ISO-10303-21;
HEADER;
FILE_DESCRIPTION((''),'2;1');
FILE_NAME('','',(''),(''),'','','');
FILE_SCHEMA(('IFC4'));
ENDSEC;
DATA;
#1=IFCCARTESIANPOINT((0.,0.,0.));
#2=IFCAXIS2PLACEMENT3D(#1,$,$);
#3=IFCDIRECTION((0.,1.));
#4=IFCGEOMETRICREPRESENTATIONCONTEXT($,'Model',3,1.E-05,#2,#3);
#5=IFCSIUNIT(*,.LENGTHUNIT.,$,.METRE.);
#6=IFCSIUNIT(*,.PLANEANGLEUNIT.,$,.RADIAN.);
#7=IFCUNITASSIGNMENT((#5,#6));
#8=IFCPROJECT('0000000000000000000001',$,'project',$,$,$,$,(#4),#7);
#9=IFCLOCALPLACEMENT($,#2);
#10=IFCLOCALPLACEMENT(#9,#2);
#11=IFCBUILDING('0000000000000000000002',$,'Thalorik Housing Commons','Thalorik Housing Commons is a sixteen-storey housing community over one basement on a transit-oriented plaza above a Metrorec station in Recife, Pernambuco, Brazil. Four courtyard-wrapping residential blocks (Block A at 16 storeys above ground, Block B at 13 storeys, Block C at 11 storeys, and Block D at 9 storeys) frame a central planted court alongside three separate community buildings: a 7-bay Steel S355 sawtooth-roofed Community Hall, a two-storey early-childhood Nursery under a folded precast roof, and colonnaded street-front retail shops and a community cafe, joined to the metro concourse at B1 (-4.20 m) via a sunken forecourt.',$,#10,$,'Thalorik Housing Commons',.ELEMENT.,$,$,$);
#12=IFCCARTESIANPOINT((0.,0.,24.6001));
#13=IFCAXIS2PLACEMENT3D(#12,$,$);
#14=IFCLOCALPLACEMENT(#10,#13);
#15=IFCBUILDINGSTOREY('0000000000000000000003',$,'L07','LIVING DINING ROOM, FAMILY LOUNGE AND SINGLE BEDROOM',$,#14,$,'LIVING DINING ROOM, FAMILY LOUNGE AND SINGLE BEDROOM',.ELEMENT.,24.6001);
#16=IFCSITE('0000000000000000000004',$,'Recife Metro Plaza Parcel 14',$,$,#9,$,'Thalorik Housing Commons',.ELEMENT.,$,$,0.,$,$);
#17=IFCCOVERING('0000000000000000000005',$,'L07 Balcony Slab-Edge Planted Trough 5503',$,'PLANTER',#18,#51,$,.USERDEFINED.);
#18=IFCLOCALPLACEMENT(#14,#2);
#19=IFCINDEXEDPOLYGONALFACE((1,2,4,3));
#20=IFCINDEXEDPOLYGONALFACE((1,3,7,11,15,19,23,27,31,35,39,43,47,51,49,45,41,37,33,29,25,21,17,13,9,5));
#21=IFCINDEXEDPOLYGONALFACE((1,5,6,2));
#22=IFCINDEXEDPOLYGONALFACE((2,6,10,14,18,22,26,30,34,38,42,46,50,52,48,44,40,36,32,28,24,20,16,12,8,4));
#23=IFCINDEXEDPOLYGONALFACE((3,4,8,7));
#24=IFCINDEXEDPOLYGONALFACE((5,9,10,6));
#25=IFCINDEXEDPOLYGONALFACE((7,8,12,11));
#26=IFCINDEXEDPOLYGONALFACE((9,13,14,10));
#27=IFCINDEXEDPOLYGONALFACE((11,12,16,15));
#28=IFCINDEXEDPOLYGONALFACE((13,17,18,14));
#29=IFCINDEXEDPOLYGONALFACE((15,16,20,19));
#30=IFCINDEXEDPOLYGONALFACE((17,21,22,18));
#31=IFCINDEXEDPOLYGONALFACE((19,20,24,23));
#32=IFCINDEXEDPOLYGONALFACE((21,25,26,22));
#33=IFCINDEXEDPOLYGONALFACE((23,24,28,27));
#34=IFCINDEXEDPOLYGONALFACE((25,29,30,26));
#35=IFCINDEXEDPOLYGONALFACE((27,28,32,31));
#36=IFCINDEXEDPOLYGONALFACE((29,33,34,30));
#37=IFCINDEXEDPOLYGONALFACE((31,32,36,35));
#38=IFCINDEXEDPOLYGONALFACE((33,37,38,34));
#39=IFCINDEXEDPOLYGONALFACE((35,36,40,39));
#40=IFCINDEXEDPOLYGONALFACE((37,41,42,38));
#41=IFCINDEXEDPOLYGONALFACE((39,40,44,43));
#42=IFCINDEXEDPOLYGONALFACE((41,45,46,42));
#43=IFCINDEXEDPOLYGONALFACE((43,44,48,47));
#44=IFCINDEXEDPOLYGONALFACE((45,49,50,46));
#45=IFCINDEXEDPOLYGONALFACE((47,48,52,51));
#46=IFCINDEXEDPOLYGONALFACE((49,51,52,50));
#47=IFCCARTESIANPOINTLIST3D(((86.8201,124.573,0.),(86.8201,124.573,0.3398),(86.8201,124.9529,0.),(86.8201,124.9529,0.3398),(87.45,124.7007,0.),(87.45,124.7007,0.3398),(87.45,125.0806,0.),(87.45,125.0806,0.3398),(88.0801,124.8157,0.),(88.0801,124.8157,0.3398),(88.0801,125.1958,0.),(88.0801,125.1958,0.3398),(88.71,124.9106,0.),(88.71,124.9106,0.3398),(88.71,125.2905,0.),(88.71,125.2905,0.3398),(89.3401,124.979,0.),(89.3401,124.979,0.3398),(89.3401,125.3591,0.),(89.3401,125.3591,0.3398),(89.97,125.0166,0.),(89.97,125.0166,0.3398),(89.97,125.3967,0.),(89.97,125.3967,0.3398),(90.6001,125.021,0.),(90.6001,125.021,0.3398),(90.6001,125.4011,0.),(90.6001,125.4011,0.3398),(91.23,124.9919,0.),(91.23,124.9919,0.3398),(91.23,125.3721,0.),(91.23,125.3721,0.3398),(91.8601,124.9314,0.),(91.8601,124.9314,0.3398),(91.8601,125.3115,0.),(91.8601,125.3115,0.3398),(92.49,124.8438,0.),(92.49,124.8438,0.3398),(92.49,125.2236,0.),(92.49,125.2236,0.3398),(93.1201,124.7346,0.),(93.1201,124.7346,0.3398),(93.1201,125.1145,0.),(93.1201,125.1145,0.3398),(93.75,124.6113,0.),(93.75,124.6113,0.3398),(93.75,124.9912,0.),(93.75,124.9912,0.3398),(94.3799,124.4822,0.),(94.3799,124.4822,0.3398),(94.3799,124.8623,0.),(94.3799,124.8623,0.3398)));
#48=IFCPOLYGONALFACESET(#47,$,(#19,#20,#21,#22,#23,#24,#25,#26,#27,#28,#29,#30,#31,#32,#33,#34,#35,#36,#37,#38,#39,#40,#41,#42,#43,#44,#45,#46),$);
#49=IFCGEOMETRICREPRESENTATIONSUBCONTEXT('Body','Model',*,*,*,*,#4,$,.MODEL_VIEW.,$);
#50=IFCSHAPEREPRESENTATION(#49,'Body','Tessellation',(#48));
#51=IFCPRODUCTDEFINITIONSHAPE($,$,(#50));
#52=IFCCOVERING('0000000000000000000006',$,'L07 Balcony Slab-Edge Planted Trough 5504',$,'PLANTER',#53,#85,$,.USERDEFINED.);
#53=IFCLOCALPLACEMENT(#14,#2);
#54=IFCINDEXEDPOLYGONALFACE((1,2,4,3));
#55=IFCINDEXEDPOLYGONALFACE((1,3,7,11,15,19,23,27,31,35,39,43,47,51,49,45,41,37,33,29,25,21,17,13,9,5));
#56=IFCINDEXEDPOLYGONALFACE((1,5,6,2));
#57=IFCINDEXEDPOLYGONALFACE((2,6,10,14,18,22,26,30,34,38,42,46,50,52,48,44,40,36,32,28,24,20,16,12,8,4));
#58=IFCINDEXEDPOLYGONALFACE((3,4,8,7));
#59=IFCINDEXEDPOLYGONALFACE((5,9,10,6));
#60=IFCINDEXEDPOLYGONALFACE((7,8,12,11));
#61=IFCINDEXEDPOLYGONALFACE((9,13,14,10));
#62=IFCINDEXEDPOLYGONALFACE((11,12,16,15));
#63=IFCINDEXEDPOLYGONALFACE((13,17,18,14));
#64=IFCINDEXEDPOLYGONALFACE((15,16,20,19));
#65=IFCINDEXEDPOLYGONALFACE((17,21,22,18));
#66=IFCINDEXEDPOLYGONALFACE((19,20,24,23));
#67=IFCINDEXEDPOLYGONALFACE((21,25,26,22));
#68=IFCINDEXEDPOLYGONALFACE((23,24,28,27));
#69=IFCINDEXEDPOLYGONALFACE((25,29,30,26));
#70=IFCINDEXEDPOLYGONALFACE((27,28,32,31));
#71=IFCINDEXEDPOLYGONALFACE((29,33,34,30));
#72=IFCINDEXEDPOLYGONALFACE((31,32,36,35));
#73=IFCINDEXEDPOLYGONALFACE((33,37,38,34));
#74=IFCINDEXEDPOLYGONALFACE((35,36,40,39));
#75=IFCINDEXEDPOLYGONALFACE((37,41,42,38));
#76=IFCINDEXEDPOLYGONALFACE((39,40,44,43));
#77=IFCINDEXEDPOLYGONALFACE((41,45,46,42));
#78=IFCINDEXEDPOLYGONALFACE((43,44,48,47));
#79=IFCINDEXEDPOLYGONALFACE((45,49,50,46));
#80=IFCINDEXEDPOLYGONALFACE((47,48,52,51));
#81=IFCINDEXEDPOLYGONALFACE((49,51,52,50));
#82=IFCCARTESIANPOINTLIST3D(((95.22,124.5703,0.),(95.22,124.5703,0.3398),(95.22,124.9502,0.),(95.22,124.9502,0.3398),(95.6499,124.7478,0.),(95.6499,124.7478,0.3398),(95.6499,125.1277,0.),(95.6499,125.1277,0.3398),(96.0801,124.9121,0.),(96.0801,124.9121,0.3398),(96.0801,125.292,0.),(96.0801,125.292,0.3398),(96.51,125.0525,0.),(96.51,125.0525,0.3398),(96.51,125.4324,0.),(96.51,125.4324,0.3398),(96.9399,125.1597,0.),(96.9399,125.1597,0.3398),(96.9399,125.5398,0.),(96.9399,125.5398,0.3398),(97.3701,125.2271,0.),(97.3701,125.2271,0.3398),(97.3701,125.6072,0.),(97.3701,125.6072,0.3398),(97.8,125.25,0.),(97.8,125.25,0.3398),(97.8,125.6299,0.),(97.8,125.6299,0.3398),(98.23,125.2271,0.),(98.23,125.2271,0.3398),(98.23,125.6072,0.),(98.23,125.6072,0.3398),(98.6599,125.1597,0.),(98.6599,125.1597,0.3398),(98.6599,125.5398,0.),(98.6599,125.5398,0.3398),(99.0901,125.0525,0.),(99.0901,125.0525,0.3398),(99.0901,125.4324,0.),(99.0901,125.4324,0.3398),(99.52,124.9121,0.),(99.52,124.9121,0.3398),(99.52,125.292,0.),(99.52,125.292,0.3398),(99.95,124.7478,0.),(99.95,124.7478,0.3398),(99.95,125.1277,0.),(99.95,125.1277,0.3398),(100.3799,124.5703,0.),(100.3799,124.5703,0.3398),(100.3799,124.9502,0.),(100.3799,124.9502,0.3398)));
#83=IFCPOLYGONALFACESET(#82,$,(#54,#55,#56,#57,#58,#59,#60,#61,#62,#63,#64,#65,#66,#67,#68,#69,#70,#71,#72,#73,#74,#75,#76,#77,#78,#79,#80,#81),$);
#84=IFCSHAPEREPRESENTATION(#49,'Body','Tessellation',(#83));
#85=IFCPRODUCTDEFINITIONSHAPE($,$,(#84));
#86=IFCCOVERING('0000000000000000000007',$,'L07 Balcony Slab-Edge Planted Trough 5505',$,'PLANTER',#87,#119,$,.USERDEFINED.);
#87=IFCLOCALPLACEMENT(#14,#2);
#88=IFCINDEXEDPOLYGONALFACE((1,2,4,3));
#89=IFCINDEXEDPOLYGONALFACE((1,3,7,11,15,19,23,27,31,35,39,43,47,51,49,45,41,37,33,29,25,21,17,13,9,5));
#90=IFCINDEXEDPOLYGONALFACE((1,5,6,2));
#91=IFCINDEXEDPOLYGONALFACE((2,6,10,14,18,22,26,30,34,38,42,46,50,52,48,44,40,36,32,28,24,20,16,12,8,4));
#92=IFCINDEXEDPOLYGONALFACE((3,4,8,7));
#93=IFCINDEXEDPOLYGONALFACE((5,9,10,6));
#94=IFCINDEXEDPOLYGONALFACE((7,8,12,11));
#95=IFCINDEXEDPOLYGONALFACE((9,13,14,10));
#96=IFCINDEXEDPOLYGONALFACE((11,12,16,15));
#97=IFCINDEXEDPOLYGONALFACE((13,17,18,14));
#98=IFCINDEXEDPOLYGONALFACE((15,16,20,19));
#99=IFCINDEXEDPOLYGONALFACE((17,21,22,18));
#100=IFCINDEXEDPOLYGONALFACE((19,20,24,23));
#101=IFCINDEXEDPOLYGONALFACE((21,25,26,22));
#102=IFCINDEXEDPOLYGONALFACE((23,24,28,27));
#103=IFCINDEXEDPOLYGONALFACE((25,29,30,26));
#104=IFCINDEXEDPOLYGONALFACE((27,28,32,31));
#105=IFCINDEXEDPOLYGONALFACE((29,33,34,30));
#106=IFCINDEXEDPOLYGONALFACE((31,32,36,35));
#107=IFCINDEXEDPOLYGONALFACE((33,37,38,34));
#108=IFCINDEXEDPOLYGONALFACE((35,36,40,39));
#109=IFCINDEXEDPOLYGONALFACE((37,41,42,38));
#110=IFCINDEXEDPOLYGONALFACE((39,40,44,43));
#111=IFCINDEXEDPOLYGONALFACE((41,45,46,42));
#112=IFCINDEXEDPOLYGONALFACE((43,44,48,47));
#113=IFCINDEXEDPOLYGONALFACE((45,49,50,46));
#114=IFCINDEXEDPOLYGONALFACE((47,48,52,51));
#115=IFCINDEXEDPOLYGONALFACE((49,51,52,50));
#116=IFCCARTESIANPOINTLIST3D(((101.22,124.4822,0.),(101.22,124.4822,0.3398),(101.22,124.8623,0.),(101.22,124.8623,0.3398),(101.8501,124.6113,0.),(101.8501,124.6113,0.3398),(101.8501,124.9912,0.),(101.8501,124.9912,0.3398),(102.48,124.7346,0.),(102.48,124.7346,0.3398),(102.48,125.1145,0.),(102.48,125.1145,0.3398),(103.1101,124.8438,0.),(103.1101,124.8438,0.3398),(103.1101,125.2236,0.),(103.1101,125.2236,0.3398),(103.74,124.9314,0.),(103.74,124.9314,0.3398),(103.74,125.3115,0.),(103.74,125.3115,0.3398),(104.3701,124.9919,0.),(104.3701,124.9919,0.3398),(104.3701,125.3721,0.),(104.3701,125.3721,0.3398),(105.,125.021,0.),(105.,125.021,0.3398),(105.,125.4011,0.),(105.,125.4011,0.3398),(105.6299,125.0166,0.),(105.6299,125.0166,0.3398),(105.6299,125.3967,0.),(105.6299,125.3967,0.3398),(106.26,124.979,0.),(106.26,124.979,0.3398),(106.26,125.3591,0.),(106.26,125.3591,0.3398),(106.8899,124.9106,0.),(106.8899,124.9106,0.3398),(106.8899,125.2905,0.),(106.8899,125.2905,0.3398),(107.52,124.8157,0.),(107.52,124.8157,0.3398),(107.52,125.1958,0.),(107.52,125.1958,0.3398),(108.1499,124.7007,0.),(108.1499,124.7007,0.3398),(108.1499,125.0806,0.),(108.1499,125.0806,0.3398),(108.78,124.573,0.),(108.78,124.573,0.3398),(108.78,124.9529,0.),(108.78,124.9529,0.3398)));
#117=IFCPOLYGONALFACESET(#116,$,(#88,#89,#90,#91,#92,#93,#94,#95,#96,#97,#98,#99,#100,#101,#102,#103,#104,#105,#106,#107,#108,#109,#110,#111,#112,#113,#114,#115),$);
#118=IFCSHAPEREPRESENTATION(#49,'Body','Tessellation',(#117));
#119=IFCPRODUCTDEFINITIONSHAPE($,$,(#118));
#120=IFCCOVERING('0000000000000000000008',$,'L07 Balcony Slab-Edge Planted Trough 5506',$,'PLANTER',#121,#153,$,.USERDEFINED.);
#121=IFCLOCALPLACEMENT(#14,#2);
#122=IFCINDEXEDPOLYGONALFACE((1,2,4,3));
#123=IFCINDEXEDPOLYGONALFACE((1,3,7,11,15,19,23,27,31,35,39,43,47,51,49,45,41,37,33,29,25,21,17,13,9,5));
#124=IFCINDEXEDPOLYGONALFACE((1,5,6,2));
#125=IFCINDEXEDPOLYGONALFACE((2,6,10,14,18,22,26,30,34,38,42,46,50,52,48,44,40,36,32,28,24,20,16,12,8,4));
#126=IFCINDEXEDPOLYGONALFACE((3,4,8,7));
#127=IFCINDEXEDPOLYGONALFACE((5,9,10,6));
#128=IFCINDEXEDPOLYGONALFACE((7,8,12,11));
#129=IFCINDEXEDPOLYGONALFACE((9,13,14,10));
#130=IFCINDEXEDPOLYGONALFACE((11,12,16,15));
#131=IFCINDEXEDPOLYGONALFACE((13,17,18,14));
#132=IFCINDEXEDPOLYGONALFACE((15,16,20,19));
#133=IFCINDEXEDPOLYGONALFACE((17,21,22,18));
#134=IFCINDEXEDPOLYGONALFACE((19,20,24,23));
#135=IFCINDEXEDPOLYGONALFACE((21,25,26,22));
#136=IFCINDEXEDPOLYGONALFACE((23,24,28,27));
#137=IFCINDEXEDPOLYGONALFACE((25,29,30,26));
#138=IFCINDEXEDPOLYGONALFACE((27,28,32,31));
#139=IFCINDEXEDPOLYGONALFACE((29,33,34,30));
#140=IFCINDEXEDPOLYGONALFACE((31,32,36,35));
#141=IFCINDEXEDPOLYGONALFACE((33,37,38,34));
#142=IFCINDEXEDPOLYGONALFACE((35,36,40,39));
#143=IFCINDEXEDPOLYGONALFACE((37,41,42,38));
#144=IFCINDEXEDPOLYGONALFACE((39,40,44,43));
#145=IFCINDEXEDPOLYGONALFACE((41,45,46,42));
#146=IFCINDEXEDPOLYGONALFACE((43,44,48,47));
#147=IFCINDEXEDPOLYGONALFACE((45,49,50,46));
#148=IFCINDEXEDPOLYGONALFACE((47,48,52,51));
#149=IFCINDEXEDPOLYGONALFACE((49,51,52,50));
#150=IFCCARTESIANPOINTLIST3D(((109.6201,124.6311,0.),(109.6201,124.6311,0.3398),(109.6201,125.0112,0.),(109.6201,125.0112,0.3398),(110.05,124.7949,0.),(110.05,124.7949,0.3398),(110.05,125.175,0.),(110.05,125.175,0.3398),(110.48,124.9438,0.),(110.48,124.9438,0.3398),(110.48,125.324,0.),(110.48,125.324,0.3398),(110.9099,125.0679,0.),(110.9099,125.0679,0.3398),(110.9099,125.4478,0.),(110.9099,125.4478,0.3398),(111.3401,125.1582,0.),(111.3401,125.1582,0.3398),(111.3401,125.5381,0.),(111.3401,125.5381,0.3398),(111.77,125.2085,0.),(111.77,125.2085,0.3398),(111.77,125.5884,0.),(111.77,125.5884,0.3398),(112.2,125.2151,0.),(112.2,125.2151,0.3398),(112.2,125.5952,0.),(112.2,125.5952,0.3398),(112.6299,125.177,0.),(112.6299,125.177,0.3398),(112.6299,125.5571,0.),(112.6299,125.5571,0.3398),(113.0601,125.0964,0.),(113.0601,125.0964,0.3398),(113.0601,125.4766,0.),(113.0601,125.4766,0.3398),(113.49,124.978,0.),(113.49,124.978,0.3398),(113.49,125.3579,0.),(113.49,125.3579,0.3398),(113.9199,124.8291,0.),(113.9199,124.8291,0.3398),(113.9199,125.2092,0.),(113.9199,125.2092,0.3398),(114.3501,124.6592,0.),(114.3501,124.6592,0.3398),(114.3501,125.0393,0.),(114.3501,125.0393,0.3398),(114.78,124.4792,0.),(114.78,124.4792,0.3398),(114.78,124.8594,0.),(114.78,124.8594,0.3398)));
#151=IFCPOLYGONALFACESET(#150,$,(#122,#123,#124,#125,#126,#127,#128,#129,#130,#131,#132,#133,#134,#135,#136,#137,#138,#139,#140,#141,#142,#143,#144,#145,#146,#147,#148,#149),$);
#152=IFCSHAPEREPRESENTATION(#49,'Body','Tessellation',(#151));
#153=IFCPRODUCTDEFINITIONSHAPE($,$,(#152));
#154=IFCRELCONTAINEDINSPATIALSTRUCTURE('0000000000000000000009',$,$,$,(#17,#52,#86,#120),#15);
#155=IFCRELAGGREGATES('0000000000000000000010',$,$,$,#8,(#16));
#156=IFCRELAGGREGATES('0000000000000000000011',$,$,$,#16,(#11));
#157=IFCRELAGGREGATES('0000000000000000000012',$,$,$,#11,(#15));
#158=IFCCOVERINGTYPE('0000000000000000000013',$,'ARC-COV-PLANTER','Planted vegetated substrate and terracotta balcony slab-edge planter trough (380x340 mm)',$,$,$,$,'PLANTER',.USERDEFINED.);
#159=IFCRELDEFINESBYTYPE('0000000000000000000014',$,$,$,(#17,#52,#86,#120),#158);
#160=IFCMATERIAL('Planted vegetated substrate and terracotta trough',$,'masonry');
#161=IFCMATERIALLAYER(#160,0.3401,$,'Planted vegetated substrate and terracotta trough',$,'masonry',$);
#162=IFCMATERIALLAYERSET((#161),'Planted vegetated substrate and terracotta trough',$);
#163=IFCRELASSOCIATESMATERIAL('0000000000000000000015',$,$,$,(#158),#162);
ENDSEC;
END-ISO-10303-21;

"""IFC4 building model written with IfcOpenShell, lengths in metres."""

from ifc_helpers import new_model, si_unit, direction, frame, origin, place, context, subcontext, project, spatial, polyline, outline, extrude, material, layer, layer_set, type_object, element, save


model = new_model("IFC4")

# Units and contexts
model_context = context("Model", 3, precision=1e-05, world=origin(), true_north=direction((0.0, 1.0)))
body_context = subcontext(model_context, "Body", "Model", "MODEL_VIEW")
ifc_project = project(units=[si_unit("LENGTHUNIT", "METRE"), si_unit("PLANEANGLEUNIT", "RADIAN")], contexts=[model_context])

# Site, building, storey
site_placement = place(None, origin())
site = spatial("IfcSite", under=ifc_project, at=site_placement, Name="Recife Metro Plaza Parcel 14", LongName="Thalorik Housing Commons", CompositionType="ELEMENT", RefElevation=0.0)
building_placement = place(site_placement, origin())
building = spatial("IfcBuilding", under=site, at=building_placement, Name="Thalorik Housing Commons", Description="Thalorik Housing Commons is a sixteen-storey housing community over one basement on a transit-oriented plaza above a Metrorec station in Recife, Pernambuco, Brazil. Four courtyard-wrapping residential blocks (Block A at 16 storeys above ground, Block B at 13 storeys, Block C at 11 storeys, and Block D at 9 storeys) frame a central planted court alongside three separate community buildings: a 7-bay Steel S355 sawtooth-roofed Community Hall, a two-storey early-childhood Nursery under a folded precast roof, and colonnaded street-front retail shops and a community cafe, joined to the metro concourse at B1 (-4.20 m) via a sunken forecourt.", LongName="Thalorik Housing Commons", CompositionType="ELEMENT")
storey_placement = place(building_placement, frame((0.0, 0.0, 24.6001)))
storey = spatial("IfcBuildingStorey", under=building, at=storey_placement, Name="L07", Description="LIVING DINING ROOM, FAMILY LOUNGE AND SINGLE BEDROOM", LongName="LIVING DINING ROOM, FAMILY LOUNGE AND SINGLE BEDROOM", CompositionType="ELEMENT", Elevation=24.6001)

# Coverings
ifc_material = material(Name="Planted vegetated substrate and terracotta trough", Category="masonry")
ifc_layer = layer(ifc_material, 0.3401, Name="Planted vegetated substrate and terracotta trough", Category="masonry")
ifc_layer_set = layer_set([ifc_layer], Name="Planted vegetated substrate and terracotta trough")
covering_type = type_object("IfcCoveringType", Name="ARC-COV-PLANTER", Description="Planted vegetated substrate and terracotta balcony slab-edge planter trough (380x340 mm)", ElementType="PLANTER", PredefinedType="USERDEFINED", material=ifc_layer_set)
covering_1_placement = place(storey_placement, origin())
element("IfcCovering", 1, at=covering_1_placement, inside=storey, type_object=covering_type, Name="L07 Balcony Slab-Edge Planted Trough 5503", ObjectType="PLANTER", PredefinedType="USERDEFINED", context=body_context, shape_type="SweptSolid", body=[
    extrude(outline(polyline([(94.3799, 124.8623), (93.75, 124.9912), (93.1201, 125.1145), (92.49, 125.2236), (91.8601, 125.3115), (91.23, 125.3721), (90.6001, 125.4011), (89.97, 125.3967), (89.3401, 125.3591), (88.71, 125.2905), (88.0801, 125.1958), (87.45, 125.0806), (86.8201, 124.9529), (86.8201, 124.573), (87.45, 124.7007), (88.0801, 124.8157), (88.71, 124.9106), (89.3401, 124.979), (89.97, 125.0166), (90.6001, 125.021), (91.23, 124.9919), (91.8601, 124.9314), (92.49, 124.8438), (93.1201, 124.7346), (93.75, 124.6113), (94.3799, 124.4822), (94.3799, 124.8623)])), origin(), (0.0, 0.0, 1.0), 0.3398),
])
covering_2_placement = place(storey_placement, origin())
element("IfcCovering", 2, at=covering_2_placement, inside=storey, type_object=covering_type, Name="L07 Balcony Slab-Edge Planted Trough 5504", ObjectType="PLANTER", PredefinedType="USERDEFINED", context=body_context, shape_type="SweptSolid", body=[
    extrude(outline(polyline([(100.3799, 124.9502), (99.95, 125.1277), (99.52, 125.292), (99.0901, 125.4324), (98.6599, 125.5398), (98.23, 125.6072), (97.8, 125.6299), (97.3701, 125.6072), (96.9399, 125.5398), (96.51, 125.4324), (96.0801, 125.292), (95.6499, 125.1277), (95.22, 124.9502), (95.22, 124.5703), (95.6499, 124.7478), (96.0801, 124.9121), (96.51, 125.0525), (96.9399, 125.1597), (97.3701, 125.2271), (97.8, 125.25), (98.23, 125.2271), (98.6599, 125.1597), (99.0901, 125.0525), (99.52, 124.9121), (99.95, 124.7478), (100.3799, 124.5703), (100.3799, 124.9502)])), origin(), (0.0, 0.0, 1.0), 0.3398),
])
covering_3_placement = place(storey_placement, origin())
element("IfcCovering", 3, at=covering_3_placement, inside=storey, type_object=covering_type, Name="L07 Balcony Slab-Edge Planted Trough 5505", ObjectType="PLANTER", PredefinedType="USERDEFINED", context=body_context, shape_type="SweptSolid", body=[
    extrude(outline(polyline([(108.78, 124.9529), (108.1499, 125.0806), (107.52, 125.1958), (106.8899, 125.2905), (106.26, 125.3591), (105.6299, 125.3967), (105.0, 125.4011), (104.3701, 125.3721), (103.74, 125.3115), (103.1101, 125.2236), (102.48, 125.1145), (101.8501, 124.9912), (101.22, 124.8623), (101.22, 124.4822), (101.8501, 124.6113), (102.48, 124.7346), (103.1101, 124.8438), (103.74, 124.9314), (104.3701, 124.9919), (105.0, 125.021), (105.6299, 125.0166), (106.26, 124.979), (106.8899, 124.9106), (107.52, 124.8157), (108.1499, 124.7007), (108.78, 124.573), (108.78, 124.9529)])), origin(), (0.0, 0.0, 1.0), 0.3398),
])
covering_4_placement = place(storey_placement, origin())
element("IfcCovering", 4, at=covering_4_placement, inside=storey, type_object=covering_type, Name="L07 Balcony Slab-Edge Planted Trough 5506", ObjectType="PLANTER", PredefinedType="USERDEFINED", context=body_context, shape_type="SweptSolid", body=[
    extrude(outline(polyline([(114.78, 124.8594), (114.3501, 125.0393), (113.9199, 125.2092), (113.49, 125.3579), (113.0601, 125.4766), (112.6299, 125.5571), (112.2, 125.5952), (111.77, 125.5884), (111.3401, 125.5381), (110.9099, 125.4478), (110.48, 125.324), (110.05, 125.175), (109.6201, 125.0112), (109.6201, 124.6311), (110.05, 124.7949), (110.48, 124.9438), (110.9099, 125.0679), (111.3401, 125.1582), (111.77, 125.2085), (112.2, 125.2151), (112.6299, 125.177), (113.0601, 125.0964), (113.49, 124.978), (113.9199, 124.8291), (114.3501, 124.6592), (114.78, 124.4792), (114.78, 124.8594)])), origin(), (0.0, 0.0, 1.0), 0.3398),
])

save(model, "model.ifc")
